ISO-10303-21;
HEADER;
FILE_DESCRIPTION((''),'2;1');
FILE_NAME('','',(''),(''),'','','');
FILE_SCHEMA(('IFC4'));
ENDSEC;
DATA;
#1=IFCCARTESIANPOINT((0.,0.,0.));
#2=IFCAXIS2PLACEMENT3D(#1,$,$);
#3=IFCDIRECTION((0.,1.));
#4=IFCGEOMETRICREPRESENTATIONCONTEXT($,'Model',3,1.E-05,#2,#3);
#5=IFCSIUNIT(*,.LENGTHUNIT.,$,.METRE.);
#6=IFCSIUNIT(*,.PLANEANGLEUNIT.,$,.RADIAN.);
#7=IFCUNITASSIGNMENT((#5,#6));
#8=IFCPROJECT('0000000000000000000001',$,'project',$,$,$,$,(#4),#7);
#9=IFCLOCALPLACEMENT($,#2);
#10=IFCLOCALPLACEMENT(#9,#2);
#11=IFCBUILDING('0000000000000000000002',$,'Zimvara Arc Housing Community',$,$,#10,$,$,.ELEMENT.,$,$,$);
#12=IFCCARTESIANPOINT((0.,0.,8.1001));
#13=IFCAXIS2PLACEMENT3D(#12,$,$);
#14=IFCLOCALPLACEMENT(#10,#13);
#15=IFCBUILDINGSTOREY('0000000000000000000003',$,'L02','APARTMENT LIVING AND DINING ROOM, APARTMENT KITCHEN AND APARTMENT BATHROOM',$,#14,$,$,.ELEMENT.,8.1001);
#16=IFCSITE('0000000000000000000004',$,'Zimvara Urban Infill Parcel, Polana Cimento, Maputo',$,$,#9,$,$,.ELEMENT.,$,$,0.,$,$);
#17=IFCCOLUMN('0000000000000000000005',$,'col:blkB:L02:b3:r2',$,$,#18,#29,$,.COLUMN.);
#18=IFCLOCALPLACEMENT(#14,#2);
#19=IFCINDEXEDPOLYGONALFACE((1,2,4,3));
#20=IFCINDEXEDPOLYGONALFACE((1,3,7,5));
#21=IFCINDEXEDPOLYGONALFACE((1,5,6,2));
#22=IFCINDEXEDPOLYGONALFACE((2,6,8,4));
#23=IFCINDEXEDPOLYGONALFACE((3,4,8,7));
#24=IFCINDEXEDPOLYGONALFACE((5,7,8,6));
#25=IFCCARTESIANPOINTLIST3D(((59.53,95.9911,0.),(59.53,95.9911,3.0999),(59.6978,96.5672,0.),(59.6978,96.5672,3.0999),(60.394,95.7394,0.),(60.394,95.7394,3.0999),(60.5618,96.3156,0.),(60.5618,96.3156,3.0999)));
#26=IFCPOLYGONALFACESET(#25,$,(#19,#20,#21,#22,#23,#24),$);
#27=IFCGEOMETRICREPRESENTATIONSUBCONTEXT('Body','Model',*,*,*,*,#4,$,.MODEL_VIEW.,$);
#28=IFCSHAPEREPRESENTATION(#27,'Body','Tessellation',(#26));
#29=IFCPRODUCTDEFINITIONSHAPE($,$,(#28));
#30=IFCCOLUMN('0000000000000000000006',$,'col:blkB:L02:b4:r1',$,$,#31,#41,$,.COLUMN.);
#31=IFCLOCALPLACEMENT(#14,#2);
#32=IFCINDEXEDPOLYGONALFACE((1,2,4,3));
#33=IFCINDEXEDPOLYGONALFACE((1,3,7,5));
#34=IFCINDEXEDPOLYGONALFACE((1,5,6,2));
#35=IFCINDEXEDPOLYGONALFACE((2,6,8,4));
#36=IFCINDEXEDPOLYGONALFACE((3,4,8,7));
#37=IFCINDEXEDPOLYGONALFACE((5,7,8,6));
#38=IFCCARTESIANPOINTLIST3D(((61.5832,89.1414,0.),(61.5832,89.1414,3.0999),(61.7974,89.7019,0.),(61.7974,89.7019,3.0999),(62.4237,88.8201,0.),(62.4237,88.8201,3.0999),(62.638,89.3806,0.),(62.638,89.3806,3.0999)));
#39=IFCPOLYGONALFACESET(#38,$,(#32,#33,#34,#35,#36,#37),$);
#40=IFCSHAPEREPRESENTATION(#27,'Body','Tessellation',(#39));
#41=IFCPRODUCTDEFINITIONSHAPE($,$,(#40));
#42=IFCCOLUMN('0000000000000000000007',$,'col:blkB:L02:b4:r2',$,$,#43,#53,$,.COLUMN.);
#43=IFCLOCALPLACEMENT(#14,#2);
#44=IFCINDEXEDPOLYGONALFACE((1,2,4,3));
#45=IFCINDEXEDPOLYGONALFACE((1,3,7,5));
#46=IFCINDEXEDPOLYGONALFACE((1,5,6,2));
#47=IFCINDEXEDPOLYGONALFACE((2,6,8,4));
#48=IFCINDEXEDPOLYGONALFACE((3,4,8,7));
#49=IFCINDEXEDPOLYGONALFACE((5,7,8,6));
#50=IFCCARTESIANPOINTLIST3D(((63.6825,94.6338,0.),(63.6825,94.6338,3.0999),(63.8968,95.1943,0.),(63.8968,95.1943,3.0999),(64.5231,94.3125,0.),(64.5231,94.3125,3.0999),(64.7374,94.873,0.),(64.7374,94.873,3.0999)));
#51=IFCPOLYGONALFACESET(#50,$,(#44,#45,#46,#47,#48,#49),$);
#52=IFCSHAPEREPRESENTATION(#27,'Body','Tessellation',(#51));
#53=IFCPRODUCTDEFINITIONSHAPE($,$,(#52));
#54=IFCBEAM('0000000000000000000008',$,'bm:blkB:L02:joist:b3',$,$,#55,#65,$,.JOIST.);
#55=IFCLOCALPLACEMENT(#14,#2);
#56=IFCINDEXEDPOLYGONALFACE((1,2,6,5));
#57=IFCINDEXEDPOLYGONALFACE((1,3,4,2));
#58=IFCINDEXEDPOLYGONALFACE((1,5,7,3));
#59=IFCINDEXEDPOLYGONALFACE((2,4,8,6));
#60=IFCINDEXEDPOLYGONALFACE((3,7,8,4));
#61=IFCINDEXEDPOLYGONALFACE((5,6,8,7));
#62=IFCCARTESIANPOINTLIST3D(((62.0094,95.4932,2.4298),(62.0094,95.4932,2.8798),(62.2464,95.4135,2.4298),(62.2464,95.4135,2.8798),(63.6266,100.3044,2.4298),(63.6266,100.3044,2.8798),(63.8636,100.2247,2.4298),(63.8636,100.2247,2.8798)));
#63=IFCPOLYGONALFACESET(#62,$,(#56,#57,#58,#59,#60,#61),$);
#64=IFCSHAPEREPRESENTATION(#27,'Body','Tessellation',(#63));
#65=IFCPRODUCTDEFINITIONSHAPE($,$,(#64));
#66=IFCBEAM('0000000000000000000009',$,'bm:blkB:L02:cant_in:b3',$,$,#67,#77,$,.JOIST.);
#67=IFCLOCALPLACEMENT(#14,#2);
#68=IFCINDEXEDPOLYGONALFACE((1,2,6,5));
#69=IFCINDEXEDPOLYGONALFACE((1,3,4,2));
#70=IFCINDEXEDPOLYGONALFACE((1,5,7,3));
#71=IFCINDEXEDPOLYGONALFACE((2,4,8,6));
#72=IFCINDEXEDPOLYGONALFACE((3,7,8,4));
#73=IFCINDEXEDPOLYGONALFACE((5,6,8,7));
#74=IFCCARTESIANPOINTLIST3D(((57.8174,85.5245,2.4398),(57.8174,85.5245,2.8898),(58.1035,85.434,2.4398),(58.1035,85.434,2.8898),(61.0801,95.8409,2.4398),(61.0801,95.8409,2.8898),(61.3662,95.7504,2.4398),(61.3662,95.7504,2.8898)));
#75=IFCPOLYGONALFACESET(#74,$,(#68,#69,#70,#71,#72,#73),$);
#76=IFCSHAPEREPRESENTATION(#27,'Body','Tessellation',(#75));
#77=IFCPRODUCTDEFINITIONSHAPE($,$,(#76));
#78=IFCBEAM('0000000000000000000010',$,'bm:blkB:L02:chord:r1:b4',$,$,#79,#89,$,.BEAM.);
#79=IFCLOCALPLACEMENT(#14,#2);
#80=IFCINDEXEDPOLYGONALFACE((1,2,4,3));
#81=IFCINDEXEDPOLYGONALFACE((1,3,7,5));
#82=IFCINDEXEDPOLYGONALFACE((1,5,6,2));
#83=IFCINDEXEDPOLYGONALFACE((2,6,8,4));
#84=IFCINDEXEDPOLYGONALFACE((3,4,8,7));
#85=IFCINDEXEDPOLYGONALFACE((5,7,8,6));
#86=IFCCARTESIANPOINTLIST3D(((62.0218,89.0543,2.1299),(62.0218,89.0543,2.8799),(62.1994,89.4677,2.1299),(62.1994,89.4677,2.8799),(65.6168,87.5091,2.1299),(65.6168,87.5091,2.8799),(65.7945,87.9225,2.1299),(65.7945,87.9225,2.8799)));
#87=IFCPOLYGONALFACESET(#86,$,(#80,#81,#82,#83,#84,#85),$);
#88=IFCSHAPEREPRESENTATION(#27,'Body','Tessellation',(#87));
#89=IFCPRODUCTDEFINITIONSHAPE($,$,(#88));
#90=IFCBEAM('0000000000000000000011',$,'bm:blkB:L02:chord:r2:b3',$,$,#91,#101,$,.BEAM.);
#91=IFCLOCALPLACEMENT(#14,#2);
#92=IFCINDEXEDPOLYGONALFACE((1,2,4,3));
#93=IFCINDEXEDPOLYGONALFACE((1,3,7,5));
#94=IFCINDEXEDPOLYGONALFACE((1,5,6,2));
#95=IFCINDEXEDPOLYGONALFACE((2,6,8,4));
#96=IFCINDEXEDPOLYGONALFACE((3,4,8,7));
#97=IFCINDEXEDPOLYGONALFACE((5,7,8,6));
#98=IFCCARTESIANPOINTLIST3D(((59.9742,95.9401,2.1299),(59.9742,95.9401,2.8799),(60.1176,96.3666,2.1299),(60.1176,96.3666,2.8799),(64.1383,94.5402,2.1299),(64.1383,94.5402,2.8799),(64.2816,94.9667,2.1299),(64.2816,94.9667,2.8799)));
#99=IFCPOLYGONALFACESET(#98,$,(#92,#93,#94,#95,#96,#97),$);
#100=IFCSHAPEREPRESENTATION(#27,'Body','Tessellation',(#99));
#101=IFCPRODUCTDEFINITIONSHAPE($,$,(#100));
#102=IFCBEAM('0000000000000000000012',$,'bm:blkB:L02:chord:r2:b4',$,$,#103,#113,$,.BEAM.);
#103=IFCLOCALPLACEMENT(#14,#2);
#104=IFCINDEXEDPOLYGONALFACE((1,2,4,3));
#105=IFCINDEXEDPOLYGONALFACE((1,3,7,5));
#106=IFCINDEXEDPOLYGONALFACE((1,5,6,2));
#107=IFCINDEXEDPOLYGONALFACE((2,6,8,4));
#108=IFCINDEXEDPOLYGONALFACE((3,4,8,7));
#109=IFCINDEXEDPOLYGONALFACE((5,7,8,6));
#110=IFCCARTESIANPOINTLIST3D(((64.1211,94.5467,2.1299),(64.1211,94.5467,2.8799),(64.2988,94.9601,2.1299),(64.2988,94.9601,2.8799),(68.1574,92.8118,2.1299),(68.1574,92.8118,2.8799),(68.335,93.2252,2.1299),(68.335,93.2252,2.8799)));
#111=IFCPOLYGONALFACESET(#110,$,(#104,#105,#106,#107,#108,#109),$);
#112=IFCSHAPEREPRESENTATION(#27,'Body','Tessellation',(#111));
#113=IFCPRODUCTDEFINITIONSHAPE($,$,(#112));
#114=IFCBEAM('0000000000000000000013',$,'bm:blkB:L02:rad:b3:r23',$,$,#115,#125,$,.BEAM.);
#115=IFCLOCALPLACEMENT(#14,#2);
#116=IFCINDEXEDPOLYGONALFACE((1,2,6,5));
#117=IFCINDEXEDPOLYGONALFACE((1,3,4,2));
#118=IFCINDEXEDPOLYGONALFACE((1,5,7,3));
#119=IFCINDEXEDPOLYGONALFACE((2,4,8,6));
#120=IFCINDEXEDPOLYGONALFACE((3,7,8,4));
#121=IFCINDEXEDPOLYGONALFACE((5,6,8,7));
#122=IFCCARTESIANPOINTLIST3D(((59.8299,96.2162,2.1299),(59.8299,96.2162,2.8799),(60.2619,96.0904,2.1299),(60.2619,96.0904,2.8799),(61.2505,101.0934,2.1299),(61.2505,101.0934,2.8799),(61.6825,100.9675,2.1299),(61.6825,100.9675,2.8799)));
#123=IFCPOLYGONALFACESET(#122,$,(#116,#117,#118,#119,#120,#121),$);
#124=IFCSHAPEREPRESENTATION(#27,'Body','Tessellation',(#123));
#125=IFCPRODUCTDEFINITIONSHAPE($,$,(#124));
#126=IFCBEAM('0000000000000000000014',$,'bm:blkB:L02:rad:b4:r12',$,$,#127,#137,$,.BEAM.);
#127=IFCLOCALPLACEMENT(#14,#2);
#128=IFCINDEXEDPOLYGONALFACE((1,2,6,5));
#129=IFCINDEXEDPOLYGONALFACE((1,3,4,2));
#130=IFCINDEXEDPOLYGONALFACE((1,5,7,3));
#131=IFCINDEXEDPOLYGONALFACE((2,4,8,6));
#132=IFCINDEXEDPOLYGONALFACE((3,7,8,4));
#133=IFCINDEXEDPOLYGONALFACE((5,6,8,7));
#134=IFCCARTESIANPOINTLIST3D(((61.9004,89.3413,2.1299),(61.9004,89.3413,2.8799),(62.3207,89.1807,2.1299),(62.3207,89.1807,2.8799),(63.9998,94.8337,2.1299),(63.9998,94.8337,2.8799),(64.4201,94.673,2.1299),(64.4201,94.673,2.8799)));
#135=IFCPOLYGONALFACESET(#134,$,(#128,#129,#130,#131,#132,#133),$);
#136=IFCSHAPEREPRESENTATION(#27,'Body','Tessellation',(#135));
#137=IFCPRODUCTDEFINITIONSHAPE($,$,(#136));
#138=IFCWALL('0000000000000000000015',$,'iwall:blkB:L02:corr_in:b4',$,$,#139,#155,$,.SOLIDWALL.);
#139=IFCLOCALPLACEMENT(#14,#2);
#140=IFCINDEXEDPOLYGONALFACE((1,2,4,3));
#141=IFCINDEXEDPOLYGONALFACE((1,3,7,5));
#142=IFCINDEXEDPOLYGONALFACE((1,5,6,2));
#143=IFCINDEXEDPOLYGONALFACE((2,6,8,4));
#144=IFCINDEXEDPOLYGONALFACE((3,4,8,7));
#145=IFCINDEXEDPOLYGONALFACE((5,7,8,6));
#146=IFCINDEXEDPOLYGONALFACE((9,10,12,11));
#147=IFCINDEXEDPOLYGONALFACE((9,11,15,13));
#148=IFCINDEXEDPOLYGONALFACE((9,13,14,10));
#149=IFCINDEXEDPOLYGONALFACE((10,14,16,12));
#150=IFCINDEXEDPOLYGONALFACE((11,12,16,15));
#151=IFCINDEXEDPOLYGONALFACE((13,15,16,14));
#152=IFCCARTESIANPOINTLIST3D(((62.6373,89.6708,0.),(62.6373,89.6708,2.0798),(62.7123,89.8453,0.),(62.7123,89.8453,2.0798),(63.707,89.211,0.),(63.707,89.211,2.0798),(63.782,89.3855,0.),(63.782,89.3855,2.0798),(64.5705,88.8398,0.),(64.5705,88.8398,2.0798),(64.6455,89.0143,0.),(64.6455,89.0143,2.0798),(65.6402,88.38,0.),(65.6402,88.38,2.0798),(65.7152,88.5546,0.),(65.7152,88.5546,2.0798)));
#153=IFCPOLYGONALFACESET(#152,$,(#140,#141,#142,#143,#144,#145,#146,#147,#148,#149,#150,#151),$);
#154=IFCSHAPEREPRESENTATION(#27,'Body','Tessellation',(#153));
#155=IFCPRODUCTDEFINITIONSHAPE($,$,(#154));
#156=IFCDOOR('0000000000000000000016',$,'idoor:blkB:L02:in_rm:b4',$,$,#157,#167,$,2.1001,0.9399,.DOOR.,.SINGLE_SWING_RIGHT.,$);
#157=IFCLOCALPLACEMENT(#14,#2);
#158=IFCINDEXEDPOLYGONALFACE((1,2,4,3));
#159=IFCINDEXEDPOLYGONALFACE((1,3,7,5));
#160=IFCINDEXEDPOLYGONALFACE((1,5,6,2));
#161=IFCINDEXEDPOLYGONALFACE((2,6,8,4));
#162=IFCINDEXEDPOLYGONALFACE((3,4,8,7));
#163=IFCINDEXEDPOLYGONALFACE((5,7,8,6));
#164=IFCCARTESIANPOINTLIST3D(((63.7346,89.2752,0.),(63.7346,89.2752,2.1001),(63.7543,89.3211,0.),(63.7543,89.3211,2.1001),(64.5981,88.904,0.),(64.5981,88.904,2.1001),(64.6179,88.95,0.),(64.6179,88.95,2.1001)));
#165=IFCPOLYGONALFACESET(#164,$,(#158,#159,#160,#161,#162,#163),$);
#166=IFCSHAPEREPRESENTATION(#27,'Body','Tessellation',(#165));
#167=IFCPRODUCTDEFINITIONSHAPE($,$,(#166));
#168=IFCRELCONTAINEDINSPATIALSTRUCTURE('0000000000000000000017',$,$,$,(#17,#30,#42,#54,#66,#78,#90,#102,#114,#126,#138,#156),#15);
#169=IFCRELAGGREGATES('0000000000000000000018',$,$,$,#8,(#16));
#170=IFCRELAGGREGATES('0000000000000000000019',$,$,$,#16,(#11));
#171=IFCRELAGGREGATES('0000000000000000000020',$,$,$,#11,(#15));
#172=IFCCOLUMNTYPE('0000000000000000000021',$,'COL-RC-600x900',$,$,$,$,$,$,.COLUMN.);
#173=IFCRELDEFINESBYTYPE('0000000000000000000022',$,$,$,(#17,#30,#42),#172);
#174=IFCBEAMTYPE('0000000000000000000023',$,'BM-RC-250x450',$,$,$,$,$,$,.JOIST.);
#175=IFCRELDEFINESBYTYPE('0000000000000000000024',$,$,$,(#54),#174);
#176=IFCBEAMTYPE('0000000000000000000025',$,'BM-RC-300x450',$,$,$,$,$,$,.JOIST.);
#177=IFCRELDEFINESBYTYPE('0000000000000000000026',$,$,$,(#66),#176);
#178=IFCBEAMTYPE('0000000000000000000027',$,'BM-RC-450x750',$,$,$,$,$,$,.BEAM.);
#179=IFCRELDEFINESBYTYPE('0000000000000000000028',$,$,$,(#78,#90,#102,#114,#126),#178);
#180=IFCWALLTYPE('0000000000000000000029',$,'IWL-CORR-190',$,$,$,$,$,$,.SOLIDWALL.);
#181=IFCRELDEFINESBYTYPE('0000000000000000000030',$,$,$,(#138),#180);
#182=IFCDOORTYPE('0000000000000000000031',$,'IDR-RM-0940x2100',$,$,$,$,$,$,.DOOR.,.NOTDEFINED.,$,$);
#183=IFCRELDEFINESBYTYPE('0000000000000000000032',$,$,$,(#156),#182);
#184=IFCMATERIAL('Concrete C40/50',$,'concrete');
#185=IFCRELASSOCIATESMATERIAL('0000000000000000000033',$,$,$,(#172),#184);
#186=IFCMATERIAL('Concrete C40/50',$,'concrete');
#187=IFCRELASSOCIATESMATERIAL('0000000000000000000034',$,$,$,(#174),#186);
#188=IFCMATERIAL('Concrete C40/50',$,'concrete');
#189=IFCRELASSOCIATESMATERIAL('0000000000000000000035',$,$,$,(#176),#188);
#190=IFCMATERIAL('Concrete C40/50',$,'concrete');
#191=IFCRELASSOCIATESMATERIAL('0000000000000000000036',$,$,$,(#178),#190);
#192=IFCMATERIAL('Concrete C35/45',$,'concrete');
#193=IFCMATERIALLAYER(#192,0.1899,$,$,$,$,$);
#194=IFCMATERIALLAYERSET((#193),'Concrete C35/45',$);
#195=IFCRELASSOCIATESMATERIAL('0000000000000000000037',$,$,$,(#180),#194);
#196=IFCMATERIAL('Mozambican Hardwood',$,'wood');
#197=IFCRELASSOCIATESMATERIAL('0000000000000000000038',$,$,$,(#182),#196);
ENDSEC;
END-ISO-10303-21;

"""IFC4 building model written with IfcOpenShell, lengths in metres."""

from ifc_helpers import new_model, si_unit, direction, frame, frame_2d, origin, origin_2d, place, context, subcontext, project, spatial, rectangle, extrude, material, layer, layer_set, material_profile, profile_set, type_object, element, fill, save


model = new_model("IFC4")

# Units and contexts
model_context = context("Model", 3, precision=1e-05, world=origin(), true_north=direction((0.0, 1.0)))
body_context = subcontext(model_context, "Body", "Model", "MODEL_VIEW")
ifc_project = project(units=[si_unit("LENGTHUNIT", "METRE"), si_unit("PLANEANGLEUNIT", "RADIAN")], contexts=[model_context])

# Site, building, storey
site_placement = place(None, origin())
site = spatial("IfcSite", under=ifc_project, at=site_placement, Name="Zimvara Urban Infill Parcel, Polana Cimento, Maputo", CompositionType="ELEMENT", RefElevation=0.0)
building_placement = place(site_placement, origin())
building = spatial("IfcBuilding", under=site, at=building_placement, Name="Zimvara Arc Housing Community", CompositionType="ELEMENT")
storey_placement = place(building_placement, frame((0.0, 0.0, 8.1001)))
storey = spatial("IfcBuildingStorey", under=building, at=storey_placement, Name="L02", Description="APARTMENT LIVING AND DINING ROOM, APARTMENT KITCHEN AND APARTMENT BATHROOM", CompositionType="ELEMENT", Elevation=8.1001)

# Columns
ifc_material_1 = material(Name="Concrete C40/50", Category="concrete")
ifc_material_profile_1 = material_profile(ifc_material_1, rectangle(XDim=0.6001, YDim=0.8999, at=origin_2d()), Name="RC 600x900")
ifc_profile_set_1 = profile_set([ifc_material_profile_1], Name="Concrete C40/50")
column_type = type_object("IfcColumnType", Name="COL-RC-600x900", PredefinedType="COLUMN", material=ifc_profile_set_1)
for number, where, z_axis, x_axis, name in (
    (1, (60.0459, 96.1533, 0.0), (0.0, 0.0, 1.0), (0.279661, 0.960099, 0.0), "col:blkB:L02:b3:r2"),
    (2, (62.1106, 89.261, 0.0), (0.0, 0.0, 1.0), (0.357064, 0.93408, 0.0), "col:blkB:L02:b4:r1"),
    (3, (64.21, 94.7534, 0.0), (0.0, 0.0, 1.0), (0.357064, 0.93408, 0.0), "col:blkB:L02:b4:r2"),
):
    element("IfcColumn", number, at=place(storey_placement, frame(where, z_axis=z_axis, x_axis=x_axis)), inside=storey, type_object=column_type, Name=name, PredefinedType="COLUMN", context=body_context, shape_type="SweptSolid", body=[
        extrude(rectangle(XDim=0.6001, YDim=0.8999, at=origin_2d()), origin(), (0.0, 0.0, 1.0), 3.0999),
    ])

# Beams
ifc_material_2 = material(Name="Concrete C40/50", Category="concrete")
ifc_material_profile_2 = material_profile(ifc_material_2, rectangle(XDim=0.25, YDim=0.45, at=origin_2d()), Name="RC 250x450")
ifc_profile_set_2 = profile_set([ifc_material_profile_2], Name="Concrete C40/50")
beam_type_1 = type_object("IfcBeamType", Name="BM-RC-250x450", PredefinedType="JOIST", material=ifc_profile_set_2)
beam_1_placement = place(storey_placement, frame((62.1279, 95.4534, 2.6548), z_axis=(0.318608, 0.947887, 0.0), x_axis=(-0.947887, 0.318608, 0.0)))
element("IfcBeam", 4, at=beam_1_placement, inside=storey, type_object=beam_type_1, Name="bm:blkB:L02:joist:b3", PredefinedType="JOIST", context=body_context, shape_type="SweptSolid", body=[
    extrude(rectangle(XDim=0.25, YDim=0.45, at=origin_2d()), origin(), (0.0, 0.0, 1.0), 5.0757),
])
ifc_material_3 = material(Name="Concrete C40/50", Category="concrete")
ifc_material_profile_3 = material_profile(ifc_material_3, rectangle(XDim=0.3, YDim=0.45, at=origin_2d()), Name="RC 300x450")
ifc_profile_set_3 = profile_set([ifc_material_profile_3], Name="Concrete C40/50")
beam_type_2 = type_object("IfcBeamType", Name="BM-RC-300x450", PredefinedType="JOIST", material=ifc_profile_set_3)
beam_2_placement = place(storey_placement, frame((61.2231, 95.7957, 2.6648), z_axis=(-0.301542, -0.953453, 0.0), x_axis=(0.953453, -0.301542, 0.0)))
element("IfcBeam", 5, at=beam_2_placement, inside=storey, type_object=beam_type_2, Name="bm:blkB:L02:cant_in:b3", PredefinedType="JOIST", context=body_context, shape_type="SweptSolid", body=[
    extrude(rectangle(XDim=0.3, YDim=0.45, at=origin_2d()), origin(), (0.0, 0.0, 1.0), 10.8201),
])
ifc_material_4 = material(Name="Concrete C40/50", Category="concrete")
ifc_material_profile_4 = material_profile(ifc_material_4, rectangle(XDim=0.45, YDim=0.75, at=origin_2d()), Name="RC 450x750")
ifc_profile_set_4 = profile_set([ifc_material_profile_4], Name="Concrete C40/50")
beam_type_3 = type_object("IfcBeamType", Name="BM-RC-450x750", PredefinedType="BEAM", material=ifc_profile_set_4)
beam_3_placement = place(storey_placement, frame((62.1106, 89.261, 2.5049), z_axis=(0.918731, -0.394883, 0.0), x_axis=(0.394883, 0.918731, 0.0)))
element("IfcBeam", 6, at=beam_3_placement, inside=storey, type_object=beam_type_3, Name="bm:blkB:L02:chord:r1:b4", PredefinedType="BEAM", context=body_context, shape_type="SweptSolid", body=[
    extrude(rectangle(XDim=0.45, YDim=0.75, at=origin_2d()), origin(), (0.0, 0.0, 1.0), 3.9131),
])
beam_4_placement = place(storey_placement, frame((60.0459, 96.1533, 2.5049), z_axis=(0.947869, -0.318661, 0.0), x_axis=(0.318661, 0.947869, 0.0)))
element("IfcBeam", 7, at=beam_4_placement, inside=storey, type_object=beam_type_3, Name="bm:blkB:L02:chord:r2:b3", PredefinedType="BEAM", context=body_context, shape_type="SweptSolid", body=[
    extrude(rectangle(XDim=0.45, YDim=0.75, at=origin_2d()), origin(), (0.0, 0.0, 1.0), 4.3931),
])
beam_5_placement = place(storey_placement, frame((64.21, 94.7534, 2.5049), z_axis=(0.918725, -0.394898, 0.0), x_axis=(0.394898, 0.918725, 0.0)))
element("IfcBeam", 8, at=beam_5_placement, inside=storey, type_object=beam_type_3, Name="bm:blkB:L02:chord:r2:b4", PredefinedType="BEAM", context=body_context, shape_type="SweptSolid", body=[
    extrude(rectangle(XDim=0.45, YDim=0.75, at=origin_2d()), origin(), (0.0, 0.0, 1.0), 4.3933),
])
beam_6_placement = place(storey_placement, frame((60.0459, 96.1533, 2.5049), z_axis=(0.279662, 0.960098, 0.0), x_axis=(-0.960098, 0.279662, 0.0)))
element("IfcBeam", 9, at=beam_6_placement, inside=storey, type_object=beam_type_3, Name="bm:blkB:L02:rad:b3:r23", PredefinedType="BEAM", context=body_context, shape_type="SweptSolid", body=[
    extrude(rectangle(XDim=0.45, YDim=0.75, at=origin_2d()), origin(), (0.0, 0.0, 1.0), 5.0798),
])
beam_7_placement = place(storey_placement, frame((62.1106, 89.261, 2.5049), z_axis=(0.357036, 0.934091, 0.0), x_axis=(-0.934091, 0.357036, 0.0)))
element("IfcBeam", 10, at=beam_7_placement, inside=storey, type_object=beam_type_3, Name="bm:blkB:L02:rad:b4:r12", PredefinedType="BEAM", context=body_context, shape_type="SweptSolid", body=[
    extrude(rectangle(XDim=0.45, YDim=0.75, at=origin_2d()), origin(), (0.0, 0.0, 1.0), 5.8799),
])

# Wall, opening, door
ifc_material_5 = material(Name="Concrete C35/45", Category="concrete")
ifc_layer_1 = layer(ifc_material_5, 0.1899)
ifc_layer_set_1 = layer_set([ifc_layer_1], Name="Concrete C35/45")
wall_type_1 = type_object("IfcWallType", Name="IWL-CORR-190", PredefinedType="SOLIDWALL", material=ifc_layer_set_1)
wall_1_placement = place(storey_placement, frame((62.6748, 89.7581, 0.0), z_axis=(0.0, 0.0, 1.0), x_axis=(0.918723, -0.394902, 0.0)))
wall_1 = element("IfcWall", 11, at=wall_1_placement, inside=storey, type_object=wall_type_1, Name="iwall:blkB:L02:corr_in:b4", PredefinedType="SOLIDWALL", context=body_context, shape_type="SweptSolid", body=[
    extrude(rectangle(XDim=3.2686, YDim=0.1899, at=frame_2d((1.6343, 0.0))), origin(), (0.0, 0.0, 1.0), 2.0798),
])
opening_1_placement = place(wall_1_placement, frame((1.1643, 0.0, 0.0)))
opening_1 = element("IfcOpeningElement", 12, at=opening_1_placement, cuts=wall_1, PredefinedType="OPENING", context=body_context, shape_type="SweptSolid", body=[
    extrude(rectangle(XDim=0.9399, YDim=2.1001, at=frame_2d((0.47, 1.05))), frame((0.0, 0.105, 0.0), z_axis=(0.0, -1.0, 0.0), x_axis=(1.0, 0.0, 0.0)), (0.0, 0.0, 1.0), 0.21),
])
ifc_material_6 = material(Name="Mozambican Hardwood", Category="wood")
door_type_1 = type_object("IfcDoorType", Name="IDR-RM-0940x2100", OperationType="NOTDEFINED", PredefinedType="DOOR", material=ifc_material_6)
door_1_placement = place(opening_1_placement, origin())
door_1 = element("IfcDoor", 13, at=door_1_placement, inside=storey, type_object=door_type_1, Name="idoor:blkB:L02:in_rm:b4", OperationType="SINGLE_SWING_RIGHT", OverallHeight=2.1001, OverallWidth=0.9399, PredefinedType="DOOR", context=body_context, shape_type="SweptSolid", body=[
    extrude(rectangle(XDim=0.9399, YDim=2.1001, at=frame_2d((0.47, 1.05))), frame((0.0, 0.0249, 0.0), z_axis=(0.0, -1.0, 0.0), x_axis=(1.0, 0.0, 0.0)), (0.0, 0.0, 1.0), 0.05),
])
fill(opening_1, door_1)

save(model, "model.ifc")
